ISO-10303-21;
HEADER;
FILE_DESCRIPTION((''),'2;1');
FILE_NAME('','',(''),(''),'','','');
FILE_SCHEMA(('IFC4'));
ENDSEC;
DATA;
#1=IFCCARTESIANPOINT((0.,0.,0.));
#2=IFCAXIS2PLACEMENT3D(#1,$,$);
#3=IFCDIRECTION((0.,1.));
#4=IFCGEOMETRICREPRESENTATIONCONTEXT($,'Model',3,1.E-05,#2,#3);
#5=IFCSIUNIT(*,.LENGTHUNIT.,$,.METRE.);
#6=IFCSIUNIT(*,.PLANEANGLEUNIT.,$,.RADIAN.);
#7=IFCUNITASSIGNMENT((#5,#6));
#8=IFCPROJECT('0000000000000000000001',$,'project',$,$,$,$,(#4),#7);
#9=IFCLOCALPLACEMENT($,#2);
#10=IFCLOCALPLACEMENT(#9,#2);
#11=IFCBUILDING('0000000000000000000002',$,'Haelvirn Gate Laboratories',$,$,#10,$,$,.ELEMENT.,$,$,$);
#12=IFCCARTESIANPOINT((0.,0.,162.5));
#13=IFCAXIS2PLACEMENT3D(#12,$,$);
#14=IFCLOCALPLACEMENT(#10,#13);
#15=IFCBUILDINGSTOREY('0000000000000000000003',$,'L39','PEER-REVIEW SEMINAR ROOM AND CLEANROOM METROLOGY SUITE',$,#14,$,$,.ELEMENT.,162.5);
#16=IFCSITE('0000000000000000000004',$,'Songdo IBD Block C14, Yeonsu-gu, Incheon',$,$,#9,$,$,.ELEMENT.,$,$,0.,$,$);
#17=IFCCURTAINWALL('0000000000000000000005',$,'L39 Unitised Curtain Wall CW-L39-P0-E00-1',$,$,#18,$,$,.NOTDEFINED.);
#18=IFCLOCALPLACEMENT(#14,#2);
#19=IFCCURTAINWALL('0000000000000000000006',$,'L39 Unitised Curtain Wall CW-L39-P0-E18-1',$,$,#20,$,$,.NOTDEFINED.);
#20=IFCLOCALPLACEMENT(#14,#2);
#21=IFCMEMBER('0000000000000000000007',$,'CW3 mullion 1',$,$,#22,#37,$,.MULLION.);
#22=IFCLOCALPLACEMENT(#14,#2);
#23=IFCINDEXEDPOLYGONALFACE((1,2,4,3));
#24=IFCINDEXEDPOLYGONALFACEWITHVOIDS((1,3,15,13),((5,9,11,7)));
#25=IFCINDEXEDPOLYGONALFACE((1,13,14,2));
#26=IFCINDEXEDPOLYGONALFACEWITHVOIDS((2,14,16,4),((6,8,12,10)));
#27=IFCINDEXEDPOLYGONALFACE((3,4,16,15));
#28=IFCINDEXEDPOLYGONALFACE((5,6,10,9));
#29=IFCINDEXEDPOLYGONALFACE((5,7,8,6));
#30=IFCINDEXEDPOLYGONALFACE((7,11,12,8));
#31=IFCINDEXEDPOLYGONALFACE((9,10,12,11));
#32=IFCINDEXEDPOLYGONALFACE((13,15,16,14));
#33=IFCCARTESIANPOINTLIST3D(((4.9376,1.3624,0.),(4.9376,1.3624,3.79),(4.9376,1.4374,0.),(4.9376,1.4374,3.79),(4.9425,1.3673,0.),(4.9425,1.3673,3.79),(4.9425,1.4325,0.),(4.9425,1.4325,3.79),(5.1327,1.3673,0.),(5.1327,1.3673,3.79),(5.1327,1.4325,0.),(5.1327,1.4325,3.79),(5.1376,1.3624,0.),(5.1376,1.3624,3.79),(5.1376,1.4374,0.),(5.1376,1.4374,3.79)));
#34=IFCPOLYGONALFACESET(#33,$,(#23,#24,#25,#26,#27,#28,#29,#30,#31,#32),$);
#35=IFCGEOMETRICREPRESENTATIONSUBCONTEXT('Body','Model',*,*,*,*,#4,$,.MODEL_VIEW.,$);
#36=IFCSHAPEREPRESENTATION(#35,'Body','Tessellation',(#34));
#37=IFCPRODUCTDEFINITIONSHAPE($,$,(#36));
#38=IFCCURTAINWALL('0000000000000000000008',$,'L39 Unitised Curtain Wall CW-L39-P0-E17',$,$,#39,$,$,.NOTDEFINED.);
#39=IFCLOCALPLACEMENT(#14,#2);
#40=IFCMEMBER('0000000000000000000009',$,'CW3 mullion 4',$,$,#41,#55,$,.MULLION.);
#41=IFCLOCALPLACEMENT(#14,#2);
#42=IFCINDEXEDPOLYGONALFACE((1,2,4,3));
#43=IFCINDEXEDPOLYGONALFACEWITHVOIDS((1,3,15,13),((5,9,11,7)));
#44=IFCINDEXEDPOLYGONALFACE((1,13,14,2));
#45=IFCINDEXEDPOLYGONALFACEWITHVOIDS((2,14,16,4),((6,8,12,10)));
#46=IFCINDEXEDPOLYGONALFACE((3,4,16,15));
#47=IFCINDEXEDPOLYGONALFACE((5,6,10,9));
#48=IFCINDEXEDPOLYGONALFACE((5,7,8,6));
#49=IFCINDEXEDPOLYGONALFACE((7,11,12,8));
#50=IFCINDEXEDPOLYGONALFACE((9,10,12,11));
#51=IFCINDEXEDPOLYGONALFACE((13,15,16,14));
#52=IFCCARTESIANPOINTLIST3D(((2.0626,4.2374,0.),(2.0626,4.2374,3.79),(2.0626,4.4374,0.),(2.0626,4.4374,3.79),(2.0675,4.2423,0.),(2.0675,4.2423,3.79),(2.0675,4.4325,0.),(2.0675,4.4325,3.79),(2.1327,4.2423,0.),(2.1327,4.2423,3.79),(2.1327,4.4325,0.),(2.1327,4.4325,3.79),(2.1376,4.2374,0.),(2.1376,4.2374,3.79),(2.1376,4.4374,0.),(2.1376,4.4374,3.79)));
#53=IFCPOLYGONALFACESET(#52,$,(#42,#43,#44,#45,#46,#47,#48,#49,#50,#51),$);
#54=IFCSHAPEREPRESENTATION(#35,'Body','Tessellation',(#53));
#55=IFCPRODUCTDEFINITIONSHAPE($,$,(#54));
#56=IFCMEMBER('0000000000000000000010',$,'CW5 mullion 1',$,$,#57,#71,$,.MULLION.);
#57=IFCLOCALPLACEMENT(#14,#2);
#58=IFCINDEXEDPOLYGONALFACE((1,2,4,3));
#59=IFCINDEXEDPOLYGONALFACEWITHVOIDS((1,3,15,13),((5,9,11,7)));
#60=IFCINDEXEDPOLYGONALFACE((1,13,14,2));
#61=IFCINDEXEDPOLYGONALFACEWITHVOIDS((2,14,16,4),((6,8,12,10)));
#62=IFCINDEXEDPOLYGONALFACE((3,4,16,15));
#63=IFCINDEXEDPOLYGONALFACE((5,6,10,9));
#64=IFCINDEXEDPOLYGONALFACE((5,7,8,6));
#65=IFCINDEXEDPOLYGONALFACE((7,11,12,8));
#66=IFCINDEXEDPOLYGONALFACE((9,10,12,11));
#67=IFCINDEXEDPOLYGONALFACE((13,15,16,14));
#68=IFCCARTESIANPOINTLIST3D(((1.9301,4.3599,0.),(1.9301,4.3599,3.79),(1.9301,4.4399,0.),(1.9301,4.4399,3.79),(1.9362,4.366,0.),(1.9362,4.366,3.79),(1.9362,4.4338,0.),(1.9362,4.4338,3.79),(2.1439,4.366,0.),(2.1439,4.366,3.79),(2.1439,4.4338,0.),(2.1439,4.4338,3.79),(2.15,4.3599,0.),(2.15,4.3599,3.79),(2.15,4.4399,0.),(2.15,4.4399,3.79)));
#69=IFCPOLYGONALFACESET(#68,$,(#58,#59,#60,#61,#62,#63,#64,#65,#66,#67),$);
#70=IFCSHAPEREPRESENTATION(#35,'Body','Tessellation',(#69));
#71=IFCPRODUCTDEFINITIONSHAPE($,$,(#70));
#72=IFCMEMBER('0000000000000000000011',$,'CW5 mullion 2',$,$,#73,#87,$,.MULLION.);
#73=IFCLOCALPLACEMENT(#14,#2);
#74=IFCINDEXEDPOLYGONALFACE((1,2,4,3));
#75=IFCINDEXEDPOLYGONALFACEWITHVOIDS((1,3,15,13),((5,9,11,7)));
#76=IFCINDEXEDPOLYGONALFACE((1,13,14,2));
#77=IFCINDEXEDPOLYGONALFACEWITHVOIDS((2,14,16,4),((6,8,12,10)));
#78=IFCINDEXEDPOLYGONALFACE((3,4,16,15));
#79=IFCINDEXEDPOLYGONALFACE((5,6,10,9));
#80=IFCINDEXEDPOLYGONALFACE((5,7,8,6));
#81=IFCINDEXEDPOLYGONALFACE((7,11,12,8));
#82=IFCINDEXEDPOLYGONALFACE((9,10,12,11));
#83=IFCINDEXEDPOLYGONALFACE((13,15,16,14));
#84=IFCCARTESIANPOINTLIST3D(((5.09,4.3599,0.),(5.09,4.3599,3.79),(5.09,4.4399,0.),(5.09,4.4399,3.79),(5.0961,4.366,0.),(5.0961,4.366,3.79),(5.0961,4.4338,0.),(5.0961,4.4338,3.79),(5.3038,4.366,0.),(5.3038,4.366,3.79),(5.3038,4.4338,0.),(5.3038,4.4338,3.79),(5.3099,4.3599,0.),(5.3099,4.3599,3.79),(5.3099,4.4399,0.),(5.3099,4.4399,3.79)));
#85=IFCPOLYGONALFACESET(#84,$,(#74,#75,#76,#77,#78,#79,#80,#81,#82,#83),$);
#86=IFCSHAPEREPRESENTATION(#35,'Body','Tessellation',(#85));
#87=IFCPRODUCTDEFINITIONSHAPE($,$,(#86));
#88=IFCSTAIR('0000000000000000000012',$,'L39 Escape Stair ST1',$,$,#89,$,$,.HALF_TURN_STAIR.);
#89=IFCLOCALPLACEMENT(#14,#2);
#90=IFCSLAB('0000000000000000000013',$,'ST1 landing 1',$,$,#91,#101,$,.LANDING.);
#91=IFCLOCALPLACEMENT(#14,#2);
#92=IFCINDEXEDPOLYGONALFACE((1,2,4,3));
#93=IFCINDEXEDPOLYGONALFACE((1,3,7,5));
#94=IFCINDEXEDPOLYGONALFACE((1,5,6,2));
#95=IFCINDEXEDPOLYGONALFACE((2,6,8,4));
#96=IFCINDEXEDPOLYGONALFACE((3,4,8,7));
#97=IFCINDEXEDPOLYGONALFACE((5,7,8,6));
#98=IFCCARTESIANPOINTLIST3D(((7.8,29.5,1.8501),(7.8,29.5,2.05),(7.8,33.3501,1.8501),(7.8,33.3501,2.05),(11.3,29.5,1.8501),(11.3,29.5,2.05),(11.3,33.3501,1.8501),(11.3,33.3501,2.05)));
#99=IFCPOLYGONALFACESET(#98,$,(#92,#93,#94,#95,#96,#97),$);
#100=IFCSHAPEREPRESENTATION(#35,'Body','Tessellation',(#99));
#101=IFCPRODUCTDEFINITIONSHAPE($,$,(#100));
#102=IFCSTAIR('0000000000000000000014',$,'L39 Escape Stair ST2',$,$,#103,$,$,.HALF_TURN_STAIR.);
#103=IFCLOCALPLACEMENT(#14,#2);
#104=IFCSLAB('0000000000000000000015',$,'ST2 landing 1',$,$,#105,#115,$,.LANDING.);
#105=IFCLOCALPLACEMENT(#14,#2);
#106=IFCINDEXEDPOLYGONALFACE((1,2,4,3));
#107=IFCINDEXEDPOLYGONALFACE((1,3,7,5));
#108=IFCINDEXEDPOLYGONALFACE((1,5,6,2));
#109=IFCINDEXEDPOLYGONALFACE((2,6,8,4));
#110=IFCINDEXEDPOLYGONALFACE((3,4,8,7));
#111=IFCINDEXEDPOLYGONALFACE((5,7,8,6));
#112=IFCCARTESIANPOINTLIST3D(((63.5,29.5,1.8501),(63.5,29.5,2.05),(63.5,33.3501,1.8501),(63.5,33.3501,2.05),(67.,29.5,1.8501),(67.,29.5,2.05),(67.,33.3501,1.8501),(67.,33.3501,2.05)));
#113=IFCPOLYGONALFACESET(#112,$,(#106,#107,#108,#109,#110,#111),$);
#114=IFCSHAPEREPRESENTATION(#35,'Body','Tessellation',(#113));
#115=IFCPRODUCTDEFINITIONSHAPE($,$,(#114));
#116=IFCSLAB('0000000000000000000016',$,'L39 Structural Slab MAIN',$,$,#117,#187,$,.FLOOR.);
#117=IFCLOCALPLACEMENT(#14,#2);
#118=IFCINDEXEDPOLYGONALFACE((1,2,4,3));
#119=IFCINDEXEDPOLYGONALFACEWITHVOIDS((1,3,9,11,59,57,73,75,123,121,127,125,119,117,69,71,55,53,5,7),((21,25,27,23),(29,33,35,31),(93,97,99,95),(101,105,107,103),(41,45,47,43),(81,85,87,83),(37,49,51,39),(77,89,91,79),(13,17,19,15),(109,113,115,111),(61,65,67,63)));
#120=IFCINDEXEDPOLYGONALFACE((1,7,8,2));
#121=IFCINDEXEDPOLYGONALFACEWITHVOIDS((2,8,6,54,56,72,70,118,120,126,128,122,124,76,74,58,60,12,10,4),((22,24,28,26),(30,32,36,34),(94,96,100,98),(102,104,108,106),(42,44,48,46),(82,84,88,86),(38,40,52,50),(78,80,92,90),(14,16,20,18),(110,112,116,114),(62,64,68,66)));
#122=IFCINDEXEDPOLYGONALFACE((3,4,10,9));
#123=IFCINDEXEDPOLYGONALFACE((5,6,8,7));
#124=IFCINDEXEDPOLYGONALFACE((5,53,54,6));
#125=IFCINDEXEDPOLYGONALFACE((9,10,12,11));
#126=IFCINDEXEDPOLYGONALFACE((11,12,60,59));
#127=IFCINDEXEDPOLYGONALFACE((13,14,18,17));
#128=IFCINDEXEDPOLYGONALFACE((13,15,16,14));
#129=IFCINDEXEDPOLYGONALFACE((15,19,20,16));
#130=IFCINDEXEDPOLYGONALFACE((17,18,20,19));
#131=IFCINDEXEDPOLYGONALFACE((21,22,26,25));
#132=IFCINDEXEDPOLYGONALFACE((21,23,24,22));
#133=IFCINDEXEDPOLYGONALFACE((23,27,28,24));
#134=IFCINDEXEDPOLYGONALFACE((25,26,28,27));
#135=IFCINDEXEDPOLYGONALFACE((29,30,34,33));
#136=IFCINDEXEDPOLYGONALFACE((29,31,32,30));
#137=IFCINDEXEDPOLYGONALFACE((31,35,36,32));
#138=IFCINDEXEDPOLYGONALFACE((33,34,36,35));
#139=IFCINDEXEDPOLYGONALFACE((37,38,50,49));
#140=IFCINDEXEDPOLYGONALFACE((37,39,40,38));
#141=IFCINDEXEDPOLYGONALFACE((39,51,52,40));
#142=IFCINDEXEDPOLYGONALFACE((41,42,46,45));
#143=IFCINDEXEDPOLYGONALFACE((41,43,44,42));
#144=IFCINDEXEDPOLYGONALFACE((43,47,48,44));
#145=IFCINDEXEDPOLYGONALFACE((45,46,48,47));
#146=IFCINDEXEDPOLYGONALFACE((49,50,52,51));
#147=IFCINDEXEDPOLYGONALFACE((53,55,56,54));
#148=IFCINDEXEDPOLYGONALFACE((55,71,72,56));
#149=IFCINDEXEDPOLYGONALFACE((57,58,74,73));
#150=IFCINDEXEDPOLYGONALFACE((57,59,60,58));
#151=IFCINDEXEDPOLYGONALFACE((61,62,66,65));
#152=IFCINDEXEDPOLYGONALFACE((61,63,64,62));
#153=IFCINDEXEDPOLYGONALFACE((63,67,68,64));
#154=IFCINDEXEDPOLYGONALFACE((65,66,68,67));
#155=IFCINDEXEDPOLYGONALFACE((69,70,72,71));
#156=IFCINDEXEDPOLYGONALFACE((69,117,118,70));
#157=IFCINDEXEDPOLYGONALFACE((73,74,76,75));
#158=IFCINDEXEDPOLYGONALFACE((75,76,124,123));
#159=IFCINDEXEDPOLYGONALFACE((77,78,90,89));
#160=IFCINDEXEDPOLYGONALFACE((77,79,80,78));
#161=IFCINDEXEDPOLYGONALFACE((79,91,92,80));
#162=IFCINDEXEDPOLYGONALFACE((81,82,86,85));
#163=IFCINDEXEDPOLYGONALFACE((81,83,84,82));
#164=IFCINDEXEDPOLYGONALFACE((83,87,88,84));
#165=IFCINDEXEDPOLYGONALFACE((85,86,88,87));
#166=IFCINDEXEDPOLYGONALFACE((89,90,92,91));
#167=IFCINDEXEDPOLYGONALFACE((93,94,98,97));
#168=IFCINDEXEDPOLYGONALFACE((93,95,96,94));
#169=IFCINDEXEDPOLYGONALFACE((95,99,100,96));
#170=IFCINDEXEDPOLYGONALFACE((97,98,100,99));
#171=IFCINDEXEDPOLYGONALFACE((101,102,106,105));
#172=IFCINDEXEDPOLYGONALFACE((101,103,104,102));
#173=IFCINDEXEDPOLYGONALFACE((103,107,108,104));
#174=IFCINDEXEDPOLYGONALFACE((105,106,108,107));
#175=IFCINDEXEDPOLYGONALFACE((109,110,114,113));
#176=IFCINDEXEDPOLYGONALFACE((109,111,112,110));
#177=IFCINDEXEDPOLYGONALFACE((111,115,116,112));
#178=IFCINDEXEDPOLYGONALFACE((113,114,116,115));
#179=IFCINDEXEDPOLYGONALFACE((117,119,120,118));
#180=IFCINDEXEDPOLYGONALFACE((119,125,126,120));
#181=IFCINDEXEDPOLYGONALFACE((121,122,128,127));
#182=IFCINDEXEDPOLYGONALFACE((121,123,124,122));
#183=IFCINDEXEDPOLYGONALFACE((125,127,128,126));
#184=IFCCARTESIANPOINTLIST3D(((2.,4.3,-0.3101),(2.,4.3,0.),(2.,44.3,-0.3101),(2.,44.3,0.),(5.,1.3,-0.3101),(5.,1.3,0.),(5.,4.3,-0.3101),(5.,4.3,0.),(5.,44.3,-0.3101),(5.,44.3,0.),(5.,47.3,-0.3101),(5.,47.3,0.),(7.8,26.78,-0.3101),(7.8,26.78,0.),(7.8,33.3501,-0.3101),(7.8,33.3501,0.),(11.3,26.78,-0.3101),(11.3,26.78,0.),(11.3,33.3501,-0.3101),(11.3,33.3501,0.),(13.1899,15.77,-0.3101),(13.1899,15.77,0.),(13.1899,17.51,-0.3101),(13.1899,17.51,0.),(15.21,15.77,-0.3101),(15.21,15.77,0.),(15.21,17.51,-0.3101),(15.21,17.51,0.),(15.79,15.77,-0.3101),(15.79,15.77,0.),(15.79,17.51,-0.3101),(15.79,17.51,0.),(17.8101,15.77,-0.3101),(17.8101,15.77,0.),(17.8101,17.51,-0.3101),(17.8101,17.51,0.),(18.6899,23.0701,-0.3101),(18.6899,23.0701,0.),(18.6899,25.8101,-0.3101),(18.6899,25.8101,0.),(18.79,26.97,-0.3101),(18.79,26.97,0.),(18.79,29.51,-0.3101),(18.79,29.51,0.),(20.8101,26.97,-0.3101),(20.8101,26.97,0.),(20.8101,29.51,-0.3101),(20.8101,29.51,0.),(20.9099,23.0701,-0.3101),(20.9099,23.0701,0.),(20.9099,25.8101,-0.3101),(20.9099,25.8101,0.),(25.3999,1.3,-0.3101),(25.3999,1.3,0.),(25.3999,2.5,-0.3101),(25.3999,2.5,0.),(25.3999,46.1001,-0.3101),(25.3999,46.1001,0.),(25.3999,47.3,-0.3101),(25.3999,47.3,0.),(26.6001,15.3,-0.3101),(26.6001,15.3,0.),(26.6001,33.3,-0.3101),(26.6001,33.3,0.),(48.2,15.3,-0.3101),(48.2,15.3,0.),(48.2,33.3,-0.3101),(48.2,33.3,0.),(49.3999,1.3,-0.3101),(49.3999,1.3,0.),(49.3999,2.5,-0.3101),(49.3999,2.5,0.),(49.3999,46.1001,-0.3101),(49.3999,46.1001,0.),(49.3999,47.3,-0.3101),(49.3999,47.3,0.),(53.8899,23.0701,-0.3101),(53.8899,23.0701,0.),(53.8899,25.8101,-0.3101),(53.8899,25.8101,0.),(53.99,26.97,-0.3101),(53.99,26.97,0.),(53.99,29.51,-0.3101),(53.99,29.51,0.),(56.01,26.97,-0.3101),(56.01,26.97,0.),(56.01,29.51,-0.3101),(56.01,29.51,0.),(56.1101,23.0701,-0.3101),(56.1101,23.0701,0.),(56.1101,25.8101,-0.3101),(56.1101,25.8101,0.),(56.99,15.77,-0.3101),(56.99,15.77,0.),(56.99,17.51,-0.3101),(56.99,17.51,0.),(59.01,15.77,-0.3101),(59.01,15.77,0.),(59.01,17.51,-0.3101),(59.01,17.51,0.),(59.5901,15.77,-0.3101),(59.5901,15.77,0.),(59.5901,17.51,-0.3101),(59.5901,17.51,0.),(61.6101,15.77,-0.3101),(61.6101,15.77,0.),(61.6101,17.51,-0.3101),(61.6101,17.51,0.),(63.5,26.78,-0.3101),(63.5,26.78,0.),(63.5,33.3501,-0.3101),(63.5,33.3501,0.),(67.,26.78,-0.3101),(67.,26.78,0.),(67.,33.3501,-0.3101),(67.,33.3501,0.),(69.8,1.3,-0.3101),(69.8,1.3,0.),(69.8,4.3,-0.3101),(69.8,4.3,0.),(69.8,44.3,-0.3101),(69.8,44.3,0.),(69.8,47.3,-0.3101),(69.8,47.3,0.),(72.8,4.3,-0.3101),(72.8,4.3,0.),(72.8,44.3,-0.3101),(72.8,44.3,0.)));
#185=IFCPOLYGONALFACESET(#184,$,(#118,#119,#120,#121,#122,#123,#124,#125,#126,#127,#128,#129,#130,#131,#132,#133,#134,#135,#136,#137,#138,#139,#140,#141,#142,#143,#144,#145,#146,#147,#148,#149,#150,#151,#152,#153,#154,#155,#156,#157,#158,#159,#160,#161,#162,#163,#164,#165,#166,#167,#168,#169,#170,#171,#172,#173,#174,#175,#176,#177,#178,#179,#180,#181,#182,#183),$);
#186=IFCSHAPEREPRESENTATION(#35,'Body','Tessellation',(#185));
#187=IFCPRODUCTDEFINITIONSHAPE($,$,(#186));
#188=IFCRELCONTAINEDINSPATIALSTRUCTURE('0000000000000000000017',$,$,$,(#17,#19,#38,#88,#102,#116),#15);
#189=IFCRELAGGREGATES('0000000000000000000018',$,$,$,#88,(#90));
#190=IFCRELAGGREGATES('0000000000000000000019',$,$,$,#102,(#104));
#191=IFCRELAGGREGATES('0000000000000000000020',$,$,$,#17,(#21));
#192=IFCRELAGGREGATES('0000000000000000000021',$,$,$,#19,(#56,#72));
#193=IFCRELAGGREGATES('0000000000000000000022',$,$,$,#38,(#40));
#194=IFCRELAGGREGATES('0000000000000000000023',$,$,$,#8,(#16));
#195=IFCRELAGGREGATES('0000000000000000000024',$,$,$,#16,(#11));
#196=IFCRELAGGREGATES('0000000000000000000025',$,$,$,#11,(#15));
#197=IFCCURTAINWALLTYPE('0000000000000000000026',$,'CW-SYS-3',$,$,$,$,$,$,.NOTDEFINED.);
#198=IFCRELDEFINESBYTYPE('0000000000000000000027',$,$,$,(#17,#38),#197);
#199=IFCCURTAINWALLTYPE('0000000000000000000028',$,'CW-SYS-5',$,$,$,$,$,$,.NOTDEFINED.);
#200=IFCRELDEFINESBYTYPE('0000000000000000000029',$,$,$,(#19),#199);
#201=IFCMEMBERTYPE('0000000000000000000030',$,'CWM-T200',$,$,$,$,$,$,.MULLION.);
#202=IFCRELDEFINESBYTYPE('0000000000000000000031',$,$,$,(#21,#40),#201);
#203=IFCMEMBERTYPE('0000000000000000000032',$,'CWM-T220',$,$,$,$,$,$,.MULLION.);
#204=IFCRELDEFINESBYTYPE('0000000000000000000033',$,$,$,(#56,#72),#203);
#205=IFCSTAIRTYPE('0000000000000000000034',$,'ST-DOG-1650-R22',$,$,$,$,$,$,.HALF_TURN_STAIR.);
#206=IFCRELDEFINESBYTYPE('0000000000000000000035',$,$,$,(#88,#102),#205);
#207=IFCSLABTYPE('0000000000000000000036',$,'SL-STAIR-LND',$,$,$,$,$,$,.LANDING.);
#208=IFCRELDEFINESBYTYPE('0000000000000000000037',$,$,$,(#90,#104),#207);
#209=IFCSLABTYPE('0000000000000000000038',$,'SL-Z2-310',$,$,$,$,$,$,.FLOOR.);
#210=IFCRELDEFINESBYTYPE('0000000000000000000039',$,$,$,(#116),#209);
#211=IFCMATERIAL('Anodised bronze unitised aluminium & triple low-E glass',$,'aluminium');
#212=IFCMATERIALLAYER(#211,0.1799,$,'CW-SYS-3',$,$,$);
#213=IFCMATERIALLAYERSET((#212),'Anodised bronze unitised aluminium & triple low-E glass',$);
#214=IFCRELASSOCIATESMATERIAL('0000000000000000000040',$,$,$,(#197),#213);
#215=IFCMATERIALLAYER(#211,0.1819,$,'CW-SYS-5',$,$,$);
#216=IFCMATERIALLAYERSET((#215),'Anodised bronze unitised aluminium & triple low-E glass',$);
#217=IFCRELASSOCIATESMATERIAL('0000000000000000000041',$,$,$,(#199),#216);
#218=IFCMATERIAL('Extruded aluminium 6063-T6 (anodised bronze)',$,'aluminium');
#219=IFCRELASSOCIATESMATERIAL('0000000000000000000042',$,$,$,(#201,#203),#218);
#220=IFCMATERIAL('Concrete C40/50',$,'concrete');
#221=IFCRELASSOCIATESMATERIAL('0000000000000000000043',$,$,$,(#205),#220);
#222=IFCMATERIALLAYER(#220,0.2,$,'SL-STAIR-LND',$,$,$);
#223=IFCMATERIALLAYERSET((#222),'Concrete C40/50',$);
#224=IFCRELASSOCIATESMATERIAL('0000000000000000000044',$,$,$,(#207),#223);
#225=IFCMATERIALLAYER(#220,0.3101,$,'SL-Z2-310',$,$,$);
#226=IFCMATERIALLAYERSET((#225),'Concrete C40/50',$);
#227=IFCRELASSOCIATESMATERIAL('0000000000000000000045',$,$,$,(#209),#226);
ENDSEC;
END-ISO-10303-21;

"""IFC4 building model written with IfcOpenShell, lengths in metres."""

from ifc_helpers import new_model, si_unit, direction, frame, origin, origin_2d, place, context, subcontext, project, spatial, polyline, hollow_rectangle, outline, extrude, source, transform, mapped, material, layer, layer_set, material_profile, profile_set, type_object, type_shapes, element, aggregate, save


model = new_model("IFC4")

# Units and contexts
model_context = context("Model", 3, precision=1e-05, world=origin(), true_north=direction((0.0, 1.0)))
body_context = subcontext(model_context, "Body", "Model", "MODEL_VIEW")
ifc_project = project(units=[si_unit("LENGTHUNIT", "METRE"), si_unit("PLANEANGLEUNIT", "RADIAN")], contexts=[model_context])

# Site, building, storey
site_placement = place(None, origin())
site = spatial("IfcSite", under=ifc_project, at=site_placement, Name="Songdo IBD Block C14, Yeonsu-gu, Incheon", CompositionType="ELEMENT", RefElevation=0.0)
building_placement = place(site_placement, origin())
building = spatial("IfcBuilding", under=site, at=building_placement, Name="Haelvirn Gate Laboratories", CompositionType="ELEMENT")
storey_placement = place(building_placement, frame((0.0, 0.0, 162.5)))
storey = spatial("IfcBuildingStorey", under=building, at=storey_placement, Name="L39", Description="PEER-REVIEW SEMINAR ROOM AND CLEANROOM METROLOGY SUITE", CompositionType="ELEMENT", Elevation=162.5)

# Curtain walls
ifc_material_1 = material(Name="Anodised bronze unitised aluminium & triple low-E glass", Category="aluminium")
ifc_layer_1 = layer(ifc_material_1, 0.1799, Name="CW-SYS-3")
ifc_layer_set_1 = layer_set([ifc_layer_1], Name="Anodised bronze unitised aluminium & triple low-E glass")
curtain_wall_type_1 = type_object("IfcCurtainWallType", Name="CW-SYS-3", PredefinedType="NOTDEFINED", material=ifc_layer_set_1)
curtain_wall_1_placement = place(storey_placement, origin())
curtain_wall_1 = element("IfcCurtainWall", 1, at=curtain_wall_1_placement, inside=storey, type_object=curtain_wall_type_1, Name="L39 Unitised Curtain Wall CW-L39-P0-E00-1", PredefinedType="NOTDEFINED")
ifc_material_2 = material(Name="Extruded aluminium 6063-T6 (anodised bronze)", Category="aluminium")
ifc_layer_2 = layer(ifc_material_1, 0.1819, Name="CW-SYS-5")
ifc_layer_set_2 = layer_set([ifc_layer_2], Name="Anodised bronze unitised aluminium & triple low-E glass")
curtain_wall_type_2 = type_object("IfcCurtainWallType", Name="CW-SYS-5", PredefinedType="NOTDEFINED", material=ifc_layer_set_2)
curtain_wall_2_placement = place(storey_placement, origin())
curtain_wall_2 = element("IfcCurtainWall", 2, at=curtain_wall_2_placement, inside=storey, type_object=curtain_wall_type_2, Name="L39 Unitised Curtain Wall CW-L39-P0-E18-1", PredefinedType="NOTDEFINED")

# Member
ifc_material_profile_1 = material_profile(ifc_material_2, hollow_rectangle(XDim=0.075, YDim=0.2, WallThickness=0.0049, at=origin_2d()), Name="CWM-200x75x5")
ifc_profile_set_1 = profile_set([ifc_material_profile_1], Name="Extruded aluminium 6063-T6 (anodised bronze)")
member_type_1 = type_object("IfcMemberType", Name="CWM-T200", PredefinedType="MULLION", material=ifc_profile_set_1)
shared_shape_1 = source(origin(), body_context, "Body", "SweptSolid", [
    extrude(hollow_rectangle(XDim=0.075, YDim=0.2, WallThickness=0.0049, at=origin_2d()), origin(), (0.0, 0.0, 1.0), 3.79),
])
type_shapes(member_type_1, [shared_shape_1])
member_1_placement = place(storey_placement, frame((5.0376, 1.3999, 0.0), z_axis=(0.0, 0.0, 1.0), x_axis=(0.0, 1.0, 0.0)))
member_1 = element("IfcMember", 3, at=member_1_placement, type_object=member_type_1, Name="CW3 mullion 1", PredefinedType="MULLION", context=body_context, shape_type="MappedRepresentation", body=[
    mapped(shared_shape_1, transform((0.0, 0.0, 0.0), scale=1.0)),
])

# Curtain wall, member
curtain_wall_3_placement = place(storey_placement, origin())
curtain_wall_3 = element("IfcCurtainWall", 4, at=curtain_wall_3_placement, inside=storey, type_object=curtain_wall_type_1, Name="L39 Unitised Curtain Wall CW-L39-P0-E17", PredefinedType="NOTDEFINED")
member_2_placement = place(storey_placement, frame((2.1001, 4.3374, 0.0), z_axis=(0.0, 0.0, 1.0), x_axis=(1.0, 0.0, 0.0)))
member_2 = element("IfcMember", 5, at=member_2_placement, type_object=member_type_1, Name="CW3 mullion 4", PredefinedType="MULLION", context=body_context, shape_type="MappedRepresentation", body=[
    mapped(shared_shape_1, transform((0.0, 0.0, 0.0), scale=1.0)),
])

# Members
ifc_material_profile_2 = material_profile(ifc_material_2, hollow_rectangle(XDim=0.0801, YDim=0.22, WallThickness=0.0061, at=origin_2d()), Name="CWM-220x80x6")
ifc_profile_set_2 = profile_set([ifc_material_profile_2], Name="Extruded aluminium 6063-T6 (anodised bronze)")
member_type_2 = type_object("IfcMemberType", Name="CWM-T220", PredefinedType="MULLION", material=ifc_profile_set_2)
shared_shape_2 = source(origin(), body_context, "Body", "SweptSolid", [
    extrude(hollow_rectangle(XDim=0.0801, YDim=0.22, WallThickness=0.0061, at=origin_2d()), origin(), (0.0, 0.0, 1.0), 3.79),
])
type_shapes(member_type_2, [shared_shape_2])
member_3_placement = place(storey_placement, frame((2.04, 4.3999, 0.0), z_axis=(0.0, 0.0, 1.0), x_axis=(0.0, 1.0, 0.0)))
member_3 = element("IfcMember", 6, at=member_3_placement, type_object=member_type_2, Name="CW5 mullion 1", PredefinedType="MULLION", context=body_context, shape_type="MappedRepresentation", body=[
    mapped(shared_shape_2, transform((0.0, 0.0, 0.0), scale=1.0)),
])
member_4_placement = place(storey_placement, frame((5.2, 4.3999, 0.0), z_axis=(0.0, 0.0, 1.0), x_axis=(0.0, 1.0, 0.0)))
member_4 = element("IfcMember", 7, at=member_4_placement, type_object=member_type_2, Name="CW5 mullion 2", PredefinedType="MULLION", context=body_context, shape_type="MappedRepresentation", body=[
    mapped(shared_shape_2, transform((0.0, 0.0, 0.0), scale=1.0)),
])

# Stairs, slabs
ifc_material_3 = material(Name="Concrete C40/50", Category="concrete")
stair_type = type_object("IfcStairType", Name="ST-DOG-1650-R22", PredefinedType="HALF_TURN_STAIR", material=ifc_material_3)
stair_1_placement = place(storey_placement, origin())
stair_1 = element("IfcStair", 8, at=stair_1_placement, inside=storey, type_object=stair_type, Name="L39 Escape Stair ST1", PredefinedType="HALF_TURN_STAIR")
ifc_layer_3 = layer(ifc_material_3, 0.2, Name="SL-STAIR-LND")
ifc_layer_set_3 = layer_set([ifc_layer_3], Name="Concrete C40/50")
slab_type_1 = type_object("IfcSlabType", Name="SL-STAIR-LND", PredefinedType="LANDING", material=ifc_layer_set_3)
slab_1_placement = place(storey_placement, frame((0.0, 0.0, 1.8501)))
slab_1 = element("IfcSlab", 9, at=slab_1_placement, type_object=slab_type_1, Name="ST1 landing 1", PredefinedType="LANDING", context=body_context, shape_type="SweptSolid", body=[
    extrude(outline(polyline([(11.3, 29.5), (11.3, 33.3501), (7.8, 33.3501), (7.8, 29.5), (11.3, 29.5)])), origin(), (0.0, 0.0, 1.0), 0.2),
])
aggregate(stair_1, [slab_1])
stair_2_placement = place(storey_placement, origin())
stair_2 = element("IfcStair", 10, at=stair_2_placement, inside=storey, type_object=stair_type, Name="L39 Escape Stair ST2", PredefinedType="HALF_TURN_STAIR")
slab_2_placement = place(storey_placement, frame((0.0, 0.0, 1.8501)))
slab_2 = element("IfcSlab", 11, at=slab_2_placement, type_object=slab_type_1, Name="ST2 landing 1", PredefinedType="LANDING", context=body_context, shape_type="SweptSolid", body=[
    extrude(outline(polyline([(67.0, 29.5), (67.0, 33.3501), (63.5, 33.3501), (63.5, 29.5), (67.0, 29.5)])), origin(), (0.0, 0.0, 1.0), 0.2),
])
aggregate(stair_2, [slab_2])

# Slab
ifc_layer_4 = layer(ifc_material_3, 0.3101, Name="SL-Z2-310")
ifc_layer_set_4 = layer_set([ifc_layer_4], Name="Concrete C40/50")
slab_type_2 = type_object("IfcSlabType", Name="SL-Z2-310", PredefinedType="FLOOR", material=ifc_layer_set_4)
slab_3_placement = place(storey_placement, frame((0.0, 0.0, -0.3101)))
element("IfcSlab", 12, at=slab_3_placement, inside=storey, type_object=slab_type_2, Name="L39 Structural Slab MAIN", PredefinedType="FLOOR", context=body_context, shape_type="SweptSolid", body=[
    extrude(outline(polyline([(5.0, 1.3), (25.3999, 1.3), (25.3999, 2.5), (49.3999, 2.5), (49.3999, 1.3), (69.8, 1.3), (69.8, 4.3), (72.8, 4.3), (72.8, 44.3), (69.8, 44.3), (69.8, 47.3), (49.3999, 47.3), (49.3999, 46.1001), (25.3999, 46.1001), (25.3999, 47.3), (5.0, 47.3), (5.0, 44.3), (2.0, 44.3), (2.0, 4.3), (5.0, 4.3), (5.0, 1.3)]), holes=[polyline([(26.6001, 15.3), (48.2, 15.3), (48.2, 33.3), (26.6001, 33.3), (26.6001, 15.3)]), polyline([(11.3, 26.78), (11.3, 33.3501), (7.8, 33.3501), (7.8, 26.78), (11.3, 26.78)]), polyline([(67.0, 26.78), (67.0, 33.3501), (63.5, 33.3501), (63.5, 26.78), (67.0, 26.78)]), polyline([(13.1899, 15.77), (15.21, 15.77), (15.21, 17.51), (13.1899, 17.51), (13.1899, 15.77)]), polyline([(15.79, 15.77), (17.8101, 15.77), (17.8101, 17.51), (15.79, 17.51), (15.79, 15.77)]), polyline([(18.79, 26.97), (20.8101, 26.97), (20.8101, 29.51), (18.79, 29.51), (18.79, 26.97)]), polyline([(18.6899, 23.0701), (20.9099, 23.0701), (20.9099, 25.8101), (18.6899, 25.8101), (18.6899, 23.0701)]), polyline([(59.5901, 15.77), (61.6101, 15.77), (61.6101, 17.51), (59.5901, 17.51), (59.5901, 15.77)]), polyline([(56.99, 15.77), (59.01, 15.77), (59.01, 17.51), (56.99, 17.51), (56.99, 15.77)]), polyline([(53.99, 26.97), (56.01, 26.97), (56.01, 29.51), (53.99, 29.51), (53.99, 26.97)]), polyline([(53.8899, 23.0701), (56.1101, 23.0701), (56.1101, 25.8101), (53.8899, 25.8101), (53.8899, 23.0701)])]), origin(), (0.0, 0.0, 1.0), 0.3101),
])

aggregate(curtain_wall_1, [member_1])
aggregate(curtain_wall_2, [member_3, member_4])
aggregate(curtain_wall_3, [member_2])

save(model, "model.ifc")
